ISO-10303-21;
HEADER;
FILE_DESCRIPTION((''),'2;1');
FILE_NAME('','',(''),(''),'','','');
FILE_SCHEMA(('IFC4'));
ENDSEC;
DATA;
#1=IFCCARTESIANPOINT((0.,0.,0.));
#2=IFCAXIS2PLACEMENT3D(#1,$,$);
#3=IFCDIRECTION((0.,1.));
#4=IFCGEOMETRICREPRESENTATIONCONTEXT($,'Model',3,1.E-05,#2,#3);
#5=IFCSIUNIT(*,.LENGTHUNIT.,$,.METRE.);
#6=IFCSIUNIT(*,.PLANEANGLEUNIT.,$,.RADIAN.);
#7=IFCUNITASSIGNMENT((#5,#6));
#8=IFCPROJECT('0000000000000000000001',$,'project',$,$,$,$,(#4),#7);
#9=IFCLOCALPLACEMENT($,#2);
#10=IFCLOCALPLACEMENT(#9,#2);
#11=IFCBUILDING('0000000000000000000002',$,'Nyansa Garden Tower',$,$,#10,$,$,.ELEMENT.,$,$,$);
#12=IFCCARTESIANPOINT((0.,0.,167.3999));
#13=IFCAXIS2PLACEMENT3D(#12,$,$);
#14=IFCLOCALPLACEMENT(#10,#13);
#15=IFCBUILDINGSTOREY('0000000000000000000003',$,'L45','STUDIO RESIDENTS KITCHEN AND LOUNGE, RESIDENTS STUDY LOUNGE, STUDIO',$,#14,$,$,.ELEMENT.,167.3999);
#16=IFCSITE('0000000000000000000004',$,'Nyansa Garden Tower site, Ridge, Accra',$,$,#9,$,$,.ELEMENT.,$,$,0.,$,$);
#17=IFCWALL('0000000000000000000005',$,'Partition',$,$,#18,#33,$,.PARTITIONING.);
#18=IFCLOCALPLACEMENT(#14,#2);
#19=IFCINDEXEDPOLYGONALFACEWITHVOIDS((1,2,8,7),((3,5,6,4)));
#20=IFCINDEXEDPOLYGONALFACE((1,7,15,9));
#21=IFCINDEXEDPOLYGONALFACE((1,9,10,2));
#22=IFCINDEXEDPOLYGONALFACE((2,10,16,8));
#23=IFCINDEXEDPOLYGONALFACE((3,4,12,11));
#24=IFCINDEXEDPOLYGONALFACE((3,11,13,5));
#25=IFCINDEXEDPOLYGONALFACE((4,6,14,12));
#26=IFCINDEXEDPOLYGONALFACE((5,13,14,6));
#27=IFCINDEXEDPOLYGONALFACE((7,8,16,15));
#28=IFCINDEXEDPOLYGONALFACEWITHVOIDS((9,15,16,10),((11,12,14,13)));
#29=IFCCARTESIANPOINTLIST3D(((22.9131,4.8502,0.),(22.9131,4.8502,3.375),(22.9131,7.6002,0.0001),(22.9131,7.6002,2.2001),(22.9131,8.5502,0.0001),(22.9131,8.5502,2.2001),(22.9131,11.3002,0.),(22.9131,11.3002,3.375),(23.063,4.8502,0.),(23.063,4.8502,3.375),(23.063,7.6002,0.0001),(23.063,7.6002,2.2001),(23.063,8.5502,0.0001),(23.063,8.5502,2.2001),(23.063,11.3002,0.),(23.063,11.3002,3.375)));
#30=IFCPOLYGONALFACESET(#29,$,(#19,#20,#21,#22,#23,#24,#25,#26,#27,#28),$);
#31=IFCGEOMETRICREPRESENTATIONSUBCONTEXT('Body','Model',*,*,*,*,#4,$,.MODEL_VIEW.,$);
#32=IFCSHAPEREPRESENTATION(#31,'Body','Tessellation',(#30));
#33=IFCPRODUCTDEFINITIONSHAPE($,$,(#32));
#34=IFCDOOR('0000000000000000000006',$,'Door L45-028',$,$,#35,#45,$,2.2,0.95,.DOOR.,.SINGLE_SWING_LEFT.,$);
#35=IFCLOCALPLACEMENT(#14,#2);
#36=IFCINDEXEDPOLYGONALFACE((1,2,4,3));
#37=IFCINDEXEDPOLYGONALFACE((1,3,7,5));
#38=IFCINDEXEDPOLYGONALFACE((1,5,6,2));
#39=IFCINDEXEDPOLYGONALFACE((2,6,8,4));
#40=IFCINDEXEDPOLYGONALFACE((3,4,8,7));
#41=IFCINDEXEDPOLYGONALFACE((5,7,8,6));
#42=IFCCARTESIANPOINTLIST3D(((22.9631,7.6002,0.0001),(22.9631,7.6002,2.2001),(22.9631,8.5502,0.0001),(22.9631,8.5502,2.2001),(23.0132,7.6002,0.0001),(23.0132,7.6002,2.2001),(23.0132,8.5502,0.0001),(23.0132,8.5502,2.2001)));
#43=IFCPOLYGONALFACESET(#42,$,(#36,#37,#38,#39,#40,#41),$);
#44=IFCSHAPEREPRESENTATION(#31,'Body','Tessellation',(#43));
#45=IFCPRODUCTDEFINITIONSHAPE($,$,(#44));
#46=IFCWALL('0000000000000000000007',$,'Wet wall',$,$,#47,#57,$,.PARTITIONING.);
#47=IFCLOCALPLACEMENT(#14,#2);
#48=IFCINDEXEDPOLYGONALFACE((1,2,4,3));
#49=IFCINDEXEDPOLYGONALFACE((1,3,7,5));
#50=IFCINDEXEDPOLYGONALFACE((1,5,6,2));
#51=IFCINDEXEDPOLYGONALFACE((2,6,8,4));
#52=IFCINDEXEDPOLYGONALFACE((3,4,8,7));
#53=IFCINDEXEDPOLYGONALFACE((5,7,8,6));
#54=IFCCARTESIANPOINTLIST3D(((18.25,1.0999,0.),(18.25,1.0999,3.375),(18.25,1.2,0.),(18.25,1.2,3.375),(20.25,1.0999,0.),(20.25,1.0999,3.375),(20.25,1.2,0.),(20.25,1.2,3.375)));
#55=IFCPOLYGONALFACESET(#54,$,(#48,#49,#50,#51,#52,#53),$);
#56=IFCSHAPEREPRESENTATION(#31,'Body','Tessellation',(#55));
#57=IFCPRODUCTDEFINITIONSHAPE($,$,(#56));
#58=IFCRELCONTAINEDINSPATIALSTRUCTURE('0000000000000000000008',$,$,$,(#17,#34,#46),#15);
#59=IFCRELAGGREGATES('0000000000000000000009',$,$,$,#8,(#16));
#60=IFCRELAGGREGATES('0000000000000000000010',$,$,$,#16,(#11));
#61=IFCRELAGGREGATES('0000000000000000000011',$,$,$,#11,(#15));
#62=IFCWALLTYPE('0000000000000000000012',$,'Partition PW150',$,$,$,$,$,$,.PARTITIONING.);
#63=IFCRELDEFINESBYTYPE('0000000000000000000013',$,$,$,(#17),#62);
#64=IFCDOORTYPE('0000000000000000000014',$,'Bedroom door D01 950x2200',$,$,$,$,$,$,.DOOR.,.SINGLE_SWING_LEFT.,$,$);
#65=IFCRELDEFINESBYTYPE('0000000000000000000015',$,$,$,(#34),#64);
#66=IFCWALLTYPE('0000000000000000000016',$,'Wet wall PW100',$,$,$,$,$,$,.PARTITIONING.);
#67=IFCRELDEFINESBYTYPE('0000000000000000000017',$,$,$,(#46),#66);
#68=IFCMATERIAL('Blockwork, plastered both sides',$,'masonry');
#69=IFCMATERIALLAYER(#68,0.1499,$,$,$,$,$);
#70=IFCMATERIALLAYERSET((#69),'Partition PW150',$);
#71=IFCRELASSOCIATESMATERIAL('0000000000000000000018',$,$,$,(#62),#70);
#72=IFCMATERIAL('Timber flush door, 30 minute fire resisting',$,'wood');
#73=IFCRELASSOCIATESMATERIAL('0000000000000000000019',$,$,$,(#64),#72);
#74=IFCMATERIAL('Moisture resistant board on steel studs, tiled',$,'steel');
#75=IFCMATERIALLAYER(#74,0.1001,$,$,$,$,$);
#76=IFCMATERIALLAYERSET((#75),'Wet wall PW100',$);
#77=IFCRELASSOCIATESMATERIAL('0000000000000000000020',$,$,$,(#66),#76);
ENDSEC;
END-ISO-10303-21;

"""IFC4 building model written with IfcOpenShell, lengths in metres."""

from ifc_helpers import new_model, si_unit, direction, frame, frame_2d, origin, place, context, subcontext, project, spatial, rectangle, extrude, material, layer, layer_set, type_object, element, fill, save


model = new_model("IFC4")

# Units and contexts
model_context = context("Model", 3, precision=1e-05, world=origin(), true_north=direction((0.0, 1.0)))
body_context = subcontext(model_context, "Body", "Model", "MODEL_VIEW")
ifc_project = project(units=[si_unit("LENGTHUNIT", "METRE"), si_unit("PLANEANGLEUNIT", "RADIAN")], contexts=[model_context])

# Site, building, storey
site_placement = place(None, origin())
site = spatial("IfcSite", under=ifc_project, at=site_placement, Name="Nyansa Garden Tower site, Ridge, Accra", CompositionType="ELEMENT", RefElevation=0.0)
building_placement = place(site_placement, origin())
building = spatial("IfcBuilding", under=site, at=building_placement, Name="Nyansa Garden Tower", CompositionType="ELEMENT")
storey_placement = place(building_placement, frame((0.0, 0.0, 167.3999)))
storey = spatial("IfcBuildingStorey", under=building, at=storey_placement, Name="L45", Description="STUDIO RESIDENTS KITCHEN AND LOUNGE, RESIDENTS STUDY LOUNGE, STUDIO", CompositionType="ELEMENT", Elevation=167.3999)

# Shared definitions
ifc_material_1 = material(Name="Blockwork, plastered both sides", Category="masonry")
ifc_layer_1 = layer(ifc_material_1, 0.1499)
ifc_layer_set_1 = layer_set([ifc_layer_1], Name="Partition PW150")
wall_type_1 = type_object("IfcWallType", Name="Partition PW150", PredefinedType="PARTITIONING", material=ifc_layer_set_1)

# Wall, opening, door
wall_1_placement = place(storey_placement, frame((22.988, 4.8501, 0.0), z_axis=(0.0, 0.0, 1.0), x_axis=(0.0, 1.0, 0.0)))
wall_1 = element("IfcWall", 1, at=wall_1_placement, inside=storey, type_object=wall_type_1, Name="Partition", PredefinedType="PARTITIONING", context=body_context, shape_type="SweptSolid", body=[
    extrude(rectangle(XDim=6.45, YDim=0.1499, at=frame_2d((3.2251, 0.0))), origin(), (0.0, 0.0, 1.0), 3.375),
])
opening_1_placement = place(wall_1_placement, frame((2.75, 0.0, 0.0)))
opening_1 = element("IfcOpeningElement", 2, at=opening_1_placement, cuts=wall_1, PredefinedType="OPENING", context=body_context, shape_type="SweptSolid", body=[
    extrude(rectangle(XDim=0.95, YDim=2.2, at=frame_2d((0.4751, 1.1001))), frame((0.0, 0.085, 0.0), z_axis=(0.0, -1.0, 0.0), x_axis=(1.0, 0.0, 0.0)), (0.0, 0.0, 1.0), 0.1699),
])
ifc_material_2 = material(Name="Timber flush door, 30 minute fire resisting", Category="wood")
door_type_1 = type_object("IfcDoorType", Name="Bedroom door D01 950x2200", OperationType="SINGLE_SWING_LEFT", PredefinedType="DOOR", material=ifc_material_2)
door_1_placement = place(opening_1_placement, origin())
door_1 = element("IfcDoor", 3, at=door_1_placement, inside=storey, type_object=door_type_1, Name="Door L45-028", OperationType="SINGLE_SWING_LEFT", OverallHeight=2.2, OverallWidth=0.95, PredefinedType="DOOR", context=body_context, shape_type="SweptSolid", body=[
    extrude(rectangle(XDim=0.95, YDim=2.2, at=frame_2d((0.4751, 1.1001))), frame((0.0, 0.0249, 0.0), z_axis=(0.0, -1.0, 0.0), x_axis=(1.0, 0.0, 0.0)), (0.0, 0.0, 1.0), 0.05),
])
fill(opening_1, door_1)

# Wall
ifc_material_3 = material(Name="Moisture resistant board on steel studs, tiled", Category="steel")
ifc_layer_2 = layer(ifc_material_3, 0.1001)
ifc_layer_set_2 = layer_set([ifc_layer_2], Name="Wet wall PW100")
wall_type_2 = type_object("IfcWallType", Name="Wet wall PW100", PredefinedType="PARTITIONING", material=ifc_layer_set_2)
wall_2_placement = place(storey_placement, frame((18.25, 1.1499, 0.0), z_axis=(0.0, 0.0, 1.0), x_axis=(1.0, 0.0, 0.0)))
element("IfcWall", 4, at=wall_2_placement, inside=storey, type_object=wall_type_2, Name="Wet wall", PredefinedType="PARTITIONING", context=body_context, shape_type="SweptSolid", body=[
    extrude(rectangle(XDim=2.0, YDim=0.1001, at=frame_2d((1.0, 0.0))), origin(), (0.0, 0.0, 1.0), 3.375),
])

save(model, "model.ifc")
